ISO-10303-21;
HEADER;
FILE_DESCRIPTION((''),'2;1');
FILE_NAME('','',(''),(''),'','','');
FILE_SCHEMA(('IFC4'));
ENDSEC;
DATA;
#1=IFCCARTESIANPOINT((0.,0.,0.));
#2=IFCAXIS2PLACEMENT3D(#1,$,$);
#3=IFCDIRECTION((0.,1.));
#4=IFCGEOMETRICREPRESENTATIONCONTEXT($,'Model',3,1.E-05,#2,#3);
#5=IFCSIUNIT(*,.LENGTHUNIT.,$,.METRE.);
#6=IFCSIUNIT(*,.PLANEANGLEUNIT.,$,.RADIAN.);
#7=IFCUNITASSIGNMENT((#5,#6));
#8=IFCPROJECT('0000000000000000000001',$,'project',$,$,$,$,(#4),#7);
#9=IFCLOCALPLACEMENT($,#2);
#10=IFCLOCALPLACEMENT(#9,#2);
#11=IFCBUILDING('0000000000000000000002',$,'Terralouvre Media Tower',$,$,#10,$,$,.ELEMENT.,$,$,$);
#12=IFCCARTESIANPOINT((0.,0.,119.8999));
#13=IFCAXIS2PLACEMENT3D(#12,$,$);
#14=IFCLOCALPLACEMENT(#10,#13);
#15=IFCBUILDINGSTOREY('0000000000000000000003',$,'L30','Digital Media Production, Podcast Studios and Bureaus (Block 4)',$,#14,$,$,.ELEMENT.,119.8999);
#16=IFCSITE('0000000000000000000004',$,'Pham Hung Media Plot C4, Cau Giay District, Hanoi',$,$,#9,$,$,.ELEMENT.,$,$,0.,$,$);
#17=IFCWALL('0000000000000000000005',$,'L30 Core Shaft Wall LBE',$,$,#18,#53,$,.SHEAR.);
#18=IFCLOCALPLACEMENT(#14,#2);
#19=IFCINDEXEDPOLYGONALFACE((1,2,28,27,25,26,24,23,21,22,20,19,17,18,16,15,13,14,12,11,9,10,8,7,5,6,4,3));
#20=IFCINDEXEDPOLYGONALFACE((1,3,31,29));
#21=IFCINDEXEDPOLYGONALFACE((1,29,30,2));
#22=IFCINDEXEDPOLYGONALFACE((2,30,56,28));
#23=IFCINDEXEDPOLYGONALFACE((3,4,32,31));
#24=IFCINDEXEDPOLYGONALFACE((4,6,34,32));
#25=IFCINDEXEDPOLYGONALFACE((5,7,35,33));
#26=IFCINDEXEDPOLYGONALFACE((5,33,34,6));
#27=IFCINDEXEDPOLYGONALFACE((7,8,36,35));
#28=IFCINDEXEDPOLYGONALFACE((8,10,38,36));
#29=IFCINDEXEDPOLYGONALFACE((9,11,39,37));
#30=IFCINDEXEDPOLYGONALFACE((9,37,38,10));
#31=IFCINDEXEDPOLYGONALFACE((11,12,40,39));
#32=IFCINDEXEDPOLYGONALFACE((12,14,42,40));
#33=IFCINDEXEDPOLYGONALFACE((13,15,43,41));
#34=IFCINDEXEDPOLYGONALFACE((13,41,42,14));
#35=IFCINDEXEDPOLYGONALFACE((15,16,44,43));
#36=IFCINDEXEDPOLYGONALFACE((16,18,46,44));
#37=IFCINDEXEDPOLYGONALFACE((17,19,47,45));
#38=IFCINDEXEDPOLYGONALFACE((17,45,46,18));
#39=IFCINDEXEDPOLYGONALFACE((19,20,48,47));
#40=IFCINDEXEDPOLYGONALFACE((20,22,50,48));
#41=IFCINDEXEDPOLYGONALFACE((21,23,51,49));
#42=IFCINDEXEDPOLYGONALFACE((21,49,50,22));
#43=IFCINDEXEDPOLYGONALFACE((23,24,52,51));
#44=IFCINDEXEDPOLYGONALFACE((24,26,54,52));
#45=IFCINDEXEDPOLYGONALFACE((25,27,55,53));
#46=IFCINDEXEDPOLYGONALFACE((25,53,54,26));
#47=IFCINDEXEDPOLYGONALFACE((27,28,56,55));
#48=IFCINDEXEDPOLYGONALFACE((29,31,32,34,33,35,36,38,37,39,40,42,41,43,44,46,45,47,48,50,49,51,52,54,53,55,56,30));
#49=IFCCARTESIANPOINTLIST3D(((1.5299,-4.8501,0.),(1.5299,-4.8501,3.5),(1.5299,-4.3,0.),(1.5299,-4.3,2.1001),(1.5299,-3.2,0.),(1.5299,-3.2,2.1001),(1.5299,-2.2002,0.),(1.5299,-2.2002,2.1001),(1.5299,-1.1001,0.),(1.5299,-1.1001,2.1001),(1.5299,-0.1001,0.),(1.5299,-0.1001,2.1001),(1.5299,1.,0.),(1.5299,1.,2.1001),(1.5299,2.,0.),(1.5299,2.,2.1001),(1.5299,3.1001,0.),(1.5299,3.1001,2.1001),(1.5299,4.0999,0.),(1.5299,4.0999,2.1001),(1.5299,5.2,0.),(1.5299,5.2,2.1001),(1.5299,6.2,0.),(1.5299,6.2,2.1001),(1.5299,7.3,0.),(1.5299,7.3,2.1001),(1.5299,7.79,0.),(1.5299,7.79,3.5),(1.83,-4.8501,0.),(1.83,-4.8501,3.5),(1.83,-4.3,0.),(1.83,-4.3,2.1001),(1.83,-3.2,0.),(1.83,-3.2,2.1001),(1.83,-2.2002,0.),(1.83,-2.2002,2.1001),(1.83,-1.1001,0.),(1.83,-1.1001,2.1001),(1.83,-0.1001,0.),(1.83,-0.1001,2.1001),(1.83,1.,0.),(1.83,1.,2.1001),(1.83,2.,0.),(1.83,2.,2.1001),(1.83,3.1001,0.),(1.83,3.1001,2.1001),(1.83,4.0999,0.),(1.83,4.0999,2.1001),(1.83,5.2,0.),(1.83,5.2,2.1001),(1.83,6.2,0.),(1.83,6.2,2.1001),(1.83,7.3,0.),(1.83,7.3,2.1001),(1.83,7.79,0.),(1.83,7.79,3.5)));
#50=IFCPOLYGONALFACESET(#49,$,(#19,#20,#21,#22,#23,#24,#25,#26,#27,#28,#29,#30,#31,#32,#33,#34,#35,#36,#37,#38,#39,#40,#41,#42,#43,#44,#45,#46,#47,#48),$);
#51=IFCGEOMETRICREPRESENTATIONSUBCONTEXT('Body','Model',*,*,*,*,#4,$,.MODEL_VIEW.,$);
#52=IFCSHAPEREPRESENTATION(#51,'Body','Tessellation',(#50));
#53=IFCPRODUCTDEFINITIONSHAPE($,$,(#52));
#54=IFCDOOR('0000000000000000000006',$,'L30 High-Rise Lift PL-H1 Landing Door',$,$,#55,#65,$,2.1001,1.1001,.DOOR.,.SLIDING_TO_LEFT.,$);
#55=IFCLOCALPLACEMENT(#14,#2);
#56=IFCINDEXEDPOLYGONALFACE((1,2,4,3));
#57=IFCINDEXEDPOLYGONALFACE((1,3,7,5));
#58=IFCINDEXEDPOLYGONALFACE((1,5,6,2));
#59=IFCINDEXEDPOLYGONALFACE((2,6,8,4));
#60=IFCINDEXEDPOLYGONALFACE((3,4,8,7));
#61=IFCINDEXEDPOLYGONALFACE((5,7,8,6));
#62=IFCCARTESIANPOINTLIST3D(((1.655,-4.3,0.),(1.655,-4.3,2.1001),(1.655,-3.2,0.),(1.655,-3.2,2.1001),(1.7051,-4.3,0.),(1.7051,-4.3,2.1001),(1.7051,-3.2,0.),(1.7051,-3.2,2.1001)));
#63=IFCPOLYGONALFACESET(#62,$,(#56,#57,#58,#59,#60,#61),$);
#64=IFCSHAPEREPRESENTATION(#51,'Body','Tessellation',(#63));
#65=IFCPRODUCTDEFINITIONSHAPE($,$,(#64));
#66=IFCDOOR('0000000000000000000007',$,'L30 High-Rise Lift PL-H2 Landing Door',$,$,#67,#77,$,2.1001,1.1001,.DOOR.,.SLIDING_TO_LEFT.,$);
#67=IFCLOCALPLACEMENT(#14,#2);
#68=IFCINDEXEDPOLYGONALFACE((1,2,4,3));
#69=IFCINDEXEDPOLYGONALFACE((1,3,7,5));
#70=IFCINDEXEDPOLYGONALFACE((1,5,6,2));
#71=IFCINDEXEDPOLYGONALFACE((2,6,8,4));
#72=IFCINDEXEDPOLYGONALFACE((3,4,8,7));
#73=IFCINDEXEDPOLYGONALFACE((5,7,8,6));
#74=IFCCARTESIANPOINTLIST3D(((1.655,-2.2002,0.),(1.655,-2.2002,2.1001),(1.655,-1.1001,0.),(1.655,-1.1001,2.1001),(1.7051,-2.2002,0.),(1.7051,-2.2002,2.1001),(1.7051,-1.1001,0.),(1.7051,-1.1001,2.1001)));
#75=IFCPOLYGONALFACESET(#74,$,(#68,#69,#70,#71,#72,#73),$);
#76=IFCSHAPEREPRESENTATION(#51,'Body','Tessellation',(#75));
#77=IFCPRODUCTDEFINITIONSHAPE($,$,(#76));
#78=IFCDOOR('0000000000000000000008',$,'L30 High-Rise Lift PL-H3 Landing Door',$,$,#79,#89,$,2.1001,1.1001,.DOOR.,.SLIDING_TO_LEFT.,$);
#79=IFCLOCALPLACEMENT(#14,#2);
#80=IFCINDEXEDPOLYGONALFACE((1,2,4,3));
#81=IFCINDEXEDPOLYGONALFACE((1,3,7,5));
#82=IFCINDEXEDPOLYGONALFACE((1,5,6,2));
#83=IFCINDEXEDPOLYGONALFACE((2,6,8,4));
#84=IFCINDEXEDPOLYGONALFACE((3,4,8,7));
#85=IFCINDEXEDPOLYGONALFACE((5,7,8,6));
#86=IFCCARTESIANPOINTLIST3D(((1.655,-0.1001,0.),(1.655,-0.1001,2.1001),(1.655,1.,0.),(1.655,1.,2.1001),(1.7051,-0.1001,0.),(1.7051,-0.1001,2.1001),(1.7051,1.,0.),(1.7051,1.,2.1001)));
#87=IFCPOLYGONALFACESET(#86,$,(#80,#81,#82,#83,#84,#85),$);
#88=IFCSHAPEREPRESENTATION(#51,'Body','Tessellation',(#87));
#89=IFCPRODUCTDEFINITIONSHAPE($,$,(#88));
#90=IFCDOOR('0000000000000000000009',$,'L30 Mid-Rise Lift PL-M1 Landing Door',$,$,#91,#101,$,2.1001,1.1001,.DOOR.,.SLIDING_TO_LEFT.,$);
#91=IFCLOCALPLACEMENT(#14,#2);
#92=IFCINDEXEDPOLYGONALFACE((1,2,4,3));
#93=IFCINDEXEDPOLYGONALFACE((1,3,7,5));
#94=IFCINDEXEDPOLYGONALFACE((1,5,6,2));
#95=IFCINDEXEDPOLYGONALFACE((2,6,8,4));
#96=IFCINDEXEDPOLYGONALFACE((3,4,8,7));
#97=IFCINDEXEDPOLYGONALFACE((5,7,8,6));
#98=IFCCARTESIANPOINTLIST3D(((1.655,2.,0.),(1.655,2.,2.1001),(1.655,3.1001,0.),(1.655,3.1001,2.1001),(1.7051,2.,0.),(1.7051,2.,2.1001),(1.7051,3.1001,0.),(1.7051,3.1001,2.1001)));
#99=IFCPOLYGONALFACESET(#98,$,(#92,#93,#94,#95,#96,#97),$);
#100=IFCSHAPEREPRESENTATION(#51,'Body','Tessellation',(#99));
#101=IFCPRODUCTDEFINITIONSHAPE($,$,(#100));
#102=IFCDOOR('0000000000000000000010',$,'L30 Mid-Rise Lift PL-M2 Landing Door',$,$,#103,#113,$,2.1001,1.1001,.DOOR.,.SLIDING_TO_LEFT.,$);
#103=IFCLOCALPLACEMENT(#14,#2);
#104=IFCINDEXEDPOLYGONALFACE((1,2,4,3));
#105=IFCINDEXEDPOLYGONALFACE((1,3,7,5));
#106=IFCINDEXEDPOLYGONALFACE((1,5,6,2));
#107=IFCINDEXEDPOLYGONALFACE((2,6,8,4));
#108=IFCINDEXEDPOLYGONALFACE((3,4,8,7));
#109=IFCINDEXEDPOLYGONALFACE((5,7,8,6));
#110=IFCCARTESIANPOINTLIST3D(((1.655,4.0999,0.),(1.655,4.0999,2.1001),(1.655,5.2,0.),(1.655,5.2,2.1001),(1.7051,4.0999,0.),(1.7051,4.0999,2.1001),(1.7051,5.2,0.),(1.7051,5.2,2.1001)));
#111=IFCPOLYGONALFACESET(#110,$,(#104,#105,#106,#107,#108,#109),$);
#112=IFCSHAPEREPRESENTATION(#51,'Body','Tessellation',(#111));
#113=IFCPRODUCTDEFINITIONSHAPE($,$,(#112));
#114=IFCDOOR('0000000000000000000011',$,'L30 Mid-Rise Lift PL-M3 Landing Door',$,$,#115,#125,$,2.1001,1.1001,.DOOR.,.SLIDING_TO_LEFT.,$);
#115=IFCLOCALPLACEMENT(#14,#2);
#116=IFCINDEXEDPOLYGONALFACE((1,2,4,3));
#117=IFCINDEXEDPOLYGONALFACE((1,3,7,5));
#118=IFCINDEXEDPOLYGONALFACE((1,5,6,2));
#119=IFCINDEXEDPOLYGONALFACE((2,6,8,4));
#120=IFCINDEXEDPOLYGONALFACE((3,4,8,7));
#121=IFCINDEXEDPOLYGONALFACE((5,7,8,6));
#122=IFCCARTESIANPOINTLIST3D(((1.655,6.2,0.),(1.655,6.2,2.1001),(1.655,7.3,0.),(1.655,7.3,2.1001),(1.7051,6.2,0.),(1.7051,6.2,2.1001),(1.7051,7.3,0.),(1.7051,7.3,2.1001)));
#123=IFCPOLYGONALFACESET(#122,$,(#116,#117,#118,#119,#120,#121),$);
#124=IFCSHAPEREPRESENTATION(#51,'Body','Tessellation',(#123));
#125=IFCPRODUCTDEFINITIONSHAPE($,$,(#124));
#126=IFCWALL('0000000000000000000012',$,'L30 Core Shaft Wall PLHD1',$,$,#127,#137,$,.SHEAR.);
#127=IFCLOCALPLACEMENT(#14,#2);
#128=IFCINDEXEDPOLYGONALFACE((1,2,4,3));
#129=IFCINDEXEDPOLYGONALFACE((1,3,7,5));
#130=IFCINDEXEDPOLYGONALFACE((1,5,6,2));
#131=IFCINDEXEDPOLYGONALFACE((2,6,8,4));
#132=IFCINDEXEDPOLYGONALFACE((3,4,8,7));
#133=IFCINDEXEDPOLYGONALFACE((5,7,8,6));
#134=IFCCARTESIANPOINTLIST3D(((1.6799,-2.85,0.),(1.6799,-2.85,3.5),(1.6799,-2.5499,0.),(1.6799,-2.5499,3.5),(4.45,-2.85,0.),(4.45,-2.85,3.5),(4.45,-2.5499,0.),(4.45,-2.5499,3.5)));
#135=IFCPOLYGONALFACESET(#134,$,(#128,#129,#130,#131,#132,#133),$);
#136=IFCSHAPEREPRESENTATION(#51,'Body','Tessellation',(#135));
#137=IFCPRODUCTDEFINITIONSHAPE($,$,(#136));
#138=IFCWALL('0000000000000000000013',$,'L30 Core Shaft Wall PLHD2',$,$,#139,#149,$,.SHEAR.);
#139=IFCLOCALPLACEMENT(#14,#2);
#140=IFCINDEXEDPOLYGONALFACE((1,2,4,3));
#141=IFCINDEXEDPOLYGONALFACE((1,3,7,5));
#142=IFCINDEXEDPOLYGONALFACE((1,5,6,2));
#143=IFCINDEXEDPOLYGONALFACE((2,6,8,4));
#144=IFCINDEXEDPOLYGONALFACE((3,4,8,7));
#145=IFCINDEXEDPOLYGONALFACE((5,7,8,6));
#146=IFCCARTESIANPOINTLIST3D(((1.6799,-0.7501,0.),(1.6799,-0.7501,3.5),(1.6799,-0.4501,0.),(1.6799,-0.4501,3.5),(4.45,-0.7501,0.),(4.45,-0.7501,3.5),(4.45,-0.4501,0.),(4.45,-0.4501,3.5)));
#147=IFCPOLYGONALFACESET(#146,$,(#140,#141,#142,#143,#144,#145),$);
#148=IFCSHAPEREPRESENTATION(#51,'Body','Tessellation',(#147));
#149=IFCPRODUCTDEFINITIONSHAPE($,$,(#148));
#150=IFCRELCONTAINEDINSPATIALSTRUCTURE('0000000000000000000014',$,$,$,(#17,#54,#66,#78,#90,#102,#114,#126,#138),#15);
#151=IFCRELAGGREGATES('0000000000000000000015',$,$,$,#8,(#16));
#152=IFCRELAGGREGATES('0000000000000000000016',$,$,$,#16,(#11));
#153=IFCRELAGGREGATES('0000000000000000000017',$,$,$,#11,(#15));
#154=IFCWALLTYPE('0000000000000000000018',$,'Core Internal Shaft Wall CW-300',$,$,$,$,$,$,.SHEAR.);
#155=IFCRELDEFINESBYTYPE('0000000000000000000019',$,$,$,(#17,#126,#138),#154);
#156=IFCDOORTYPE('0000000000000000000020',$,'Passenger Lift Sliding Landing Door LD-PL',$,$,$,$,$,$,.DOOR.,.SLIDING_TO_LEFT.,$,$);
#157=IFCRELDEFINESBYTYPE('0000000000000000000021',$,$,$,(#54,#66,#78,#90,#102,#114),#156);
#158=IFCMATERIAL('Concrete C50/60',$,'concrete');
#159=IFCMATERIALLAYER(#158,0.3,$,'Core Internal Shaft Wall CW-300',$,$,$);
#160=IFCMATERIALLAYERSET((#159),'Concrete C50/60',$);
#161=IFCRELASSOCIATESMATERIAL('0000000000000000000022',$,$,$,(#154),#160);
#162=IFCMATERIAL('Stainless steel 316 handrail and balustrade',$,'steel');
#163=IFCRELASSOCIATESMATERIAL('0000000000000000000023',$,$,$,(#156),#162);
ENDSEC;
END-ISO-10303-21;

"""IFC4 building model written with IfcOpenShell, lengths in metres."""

from ifc_helpers import new_model, si_unit, direction, frame, frame_2d, origin, place, context, subcontext, project, spatial, rectangle, extrude, material, layer, layer_set, type_object, element, fill, save


model = new_model("IFC4")

# Units and contexts
model_context = context("Model", 3, precision=1e-05, world=origin(), true_north=direction((0.0, 1.0)))
body_context = subcontext(model_context, "Body", "Model", "MODEL_VIEW")
ifc_project = project(units=[si_unit("LENGTHUNIT", "METRE"), si_unit("PLANEANGLEUNIT", "RADIAN")], contexts=[model_context])

# Site, building, storey
site_placement = place(None, origin())
site = spatial("IfcSite", under=ifc_project, at=site_placement, Name="Pham Hung Media Plot C4, Cau Giay District, Hanoi", CompositionType="ELEMENT", RefElevation=0.0)
building_placement = place(site_placement, origin())
building = spatial("IfcBuilding", under=site, at=building_placement, Name="Terralouvre Media Tower", CompositionType="ELEMENT")
storey_placement = place(building_placement, frame((0.0, 0.0, 119.8999)))
storey = spatial("IfcBuildingStorey", under=building, at=storey_placement, Name="L30", Description="Digital Media Production, Podcast Studios and Bureaus (Block 4)", CompositionType="ELEMENT", Elevation=119.8999)

# Shared definitions
ifc_material_1 = material(Name="Concrete C50/60", Category="concrete")
ifc_layer_1 = layer(ifc_material_1, 0.3, Name="Core Internal Shaft Wall CW-300")
ifc_layer_set_1 = layer_set([ifc_layer_1], Name="Concrete C50/60")
wall_type_1 = type_object("IfcWallType", Name="Core Internal Shaft Wall CW-300", PredefinedType="SHEAR", material=ifc_layer_set_1)

# Wall, openings, doors
wall_1_placement = place(storey_placement, frame((1.6799, -4.8501, 0.0), z_axis=(0.0, 0.0, 1.0), x_axis=(0.0, 1.0, 0.0)))
wall_1 = element("IfcWall", 1, at=wall_1_placement, inside=storey, type_object=wall_type_1, Name="L30 Core Shaft Wall LBE", PredefinedType="SHEAR", context=body_context, shape_type="SweptSolid", body=[
    extrude(rectangle(XDim=12.6401, YDim=0.3, at=frame_2d((6.3201, 0.0))), origin(), (0.0, 0.0, 1.0), 3.5),
])
opening_1_placement = place(wall_1_placement, frame((0.55, 0.0, 0.0)))
opening_1 = element("IfcOpeningElement", 2, at=opening_1_placement, cuts=wall_1, PredefinedType="OPENING", context=body_context, shape_type="SweptSolid", body=[
    extrude(rectangle(XDim=1.1001, YDim=2.1001, at=frame_2d((0.55, 1.05))), frame((0.0, 0.1599, 0.0), z_axis=(0.0, -1.0, 0.0), x_axis=(1.0, 0.0, 0.0)), (0.0, 0.0, 1.0), 0.3201),
])
opening_2_placement = place(wall_1_placement, frame((2.6499, 0.0, 0.0)))
opening_2 = element("IfcOpeningElement", 3, at=opening_2_placement, cuts=wall_1, PredefinedType="OPENING", context=body_context, shape_type="SweptSolid", body=[
    extrude(rectangle(XDim=1.1001, YDim=2.1001, at=frame_2d((0.55, 1.05))), frame((0.0, 0.1599, 0.0), z_axis=(0.0, -1.0, 0.0), x_axis=(1.0, 0.0, 0.0)), (0.0, 0.0, 1.0), 0.3201),
])
opening_3_placement = place(wall_1_placement, frame((4.75, 0.0, 0.0)))
opening_3 = element("IfcOpeningElement", 4, at=opening_3_placement, cuts=wall_1, PredefinedType="OPENING", context=body_context, shape_type="SweptSolid", body=[
    extrude(rectangle(XDim=1.1001, YDim=2.1001, at=frame_2d((0.55, 1.05))), frame((0.0, 0.1599, 0.0), z_axis=(0.0, -1.0, 0.0), x_axis=(1.0, 0.0, 0.0)), (0.0, 0.0, 1.0), 0.3201),
])
opening_4_placement = place(wall_1_placement, frame((6.8501, 0.0, 0.0)))
opening_4 = element("IfcOpeningElement", 5, at=opening_4_placement, cuts=wall_1, PredefinedType="OPENING", context=body_context, shape_type="SweptSolid", body=[
    extrude(rectangle(XDim=1.1001, YDim=2.1001, at=frame_2d((0.55, 1.05))), frame((0.0, 0.1599, 0.0), z_axis=(0.0, -1.0, 0.0), x_axis=(1.0, 0.0, 0.0)), (0.0, 0.0, 1.0), 0.3201),
])
opening_5_placement = place(wall_1_placement, frame((8.95, 0.0, 0.0)))
opening_5 = element("IfcOpeningElement", 6, at=opening_5_placement, cuts=wall_1, PredefinedType="OPENING", context=body_context, shape_type="SweptSolid", body=[
    extrude(rectangle(XDim=1.1001, YDim=2.1001, at=frame_2d((0.55, 1.05))), frame((0.0, 0.1599, 0.0), z_axis=(0.0, -1.0, 0.0), x_axis=(1.0, 0.0, 0.0)), (0.0, 0.0, 1.0), 0.3201),
])
opening_6_placement = place(wall_1_placement, frame((11.05, 0.0, 0.0)))
opening_6 = element("IfcOpeningElement", 7, at=opening_6_placement, cuts=wall_1, PredefinedType="OPENING", context=body_context, shape_type="SweptSolid", body=[
    extrude(rectangle(XDim=1.1001, YDim=2.1001, at=frame_2d((0.55, 1.05))), frame((0.0, 0.1599, 0.0), z_axis=(0.0, -1.0, 0.0), x_axis=(1.0, 0.0, 0.0)), (0.0, 0.0, 1.0), 0.3201),
])
ifc_material_2 = material(Name="Stainless steel 316 handrail and balustrade", Category="steel")
door_type_1 = type_object("IfcDoorType", Name="Passenger Lift Sliding Landing Door LD-PL", OperationType="SLIDING_TO_LEFT", PredefinedType="DOOR", material=ifc_material_2)
door_1_placement = place(opening_1_placement, origin())
door_1 = element("IfcDoor", 8, at=door_1_placement, inside=storey, type_object=door_type_1, Name="L30 High-Rise Lift PL-H1 Landing Door", OperationType="SLIDING_TO_LEFT", OverallHeight=2.1001, OverallWidth=1.1001, PredefinedType="DOOR", context=body_context, shape_type="SweptSolid", body=[
    extrude(rectangle(XDim=1.1001, YDim=2.1001, at=frame_2d((0.55, 1.05))), frame((0.0, 0.0249, 0.0), z_axis=(0.0, -1.0, 0.0), x_axis=(1.0, 0.0, 0.0)), (0.0, 0.0, 1.0), 0.05),
])
fill(opening_1, door_1)
door_2_placement = place(opening_2_placement, origin())
door_2 = element("IfcDoor", 9, at=door_2_placement, inside=storey, type_object=door_type_1, Name="L30 High-Rise Lift PL-H2 Landing Door", OperationType="SLIDING_TO_LEFT", OverallHeight=2.1001, OverallWidth=1.1001, PredefinedType="DOOR", context=body_context, shape_type="SweptSolid", body=[
    extrude(rectangle(XDim=1.1001, YDim=2.1001, at=frame_2d((0.55, 1.05))), frame((0.0, 0.0249, 0.0), z_axis=(0.0, -1.0, 0.0), x_axis=(1.0, 0.0, 0.0)), (0.0, 0.0, 1.0), 0.05),
])
fill(opening_2, door_2)
door_3_placement = place(opening_3_placement, origin())
door_3 = element("IfcDoor", 10, at=door_3_placement, inside=storey, type_object=door_type_1, Name="L30 High-Rise Lift PL-H3 Landing Door", OperationType="SLIDING_TO_LEFT", OverallHeight=2.1001, OverallWidth=1.1001, PredefinedType="DOOR", context=body_context, shape_type="SweptSolid", body=[
    extrude(rectangle(XDim=1.1001, YDim=2.1001, at=frame_2d((0.55, 1.05))), frame((0.0, 0.0249, 0.0), z_axis=(0.0, -1.0, 0.0), x_axis=(1.0, 0.0, 0.0)), (0.0, 0.0, 1.0), 0.05),
])
fill(opening_3, door_3)
door_4_placement = place(opening_4_placement, origin())
door_4 = element("IfcDoor", 11, at=door_4_placement, inside=storey, type_object=door_type_1, Name="L30 Mid-Rise Lift PL-M1 Landing Door", OperationType="SLIDING_TO_LEFT", OverallHeight=2.1001, OverallWidth=1.1001, PredefinedType="DOOR", context=body_context, shape_type="SweptSolid", body=[
    extrude(rectangle(XDim=1.1001, YDim=2.1001, at=frame_2d((0.55, 1.05))), frame((0.0, 0.0249, 0.0), z_axis=(0.0, -1.0, 0.0), x_axis=(1.0, 0.0, 0.0)), (0.0, 0.0, 1.0), 0.05),
])
fill(opening_4, door_4)
door_5_placement = place(opening_5_placement, origin())
door_5 = element("IfcDoor", 12, at=door_5_placement, inside=storey, type_object=door_type_1, Name="L30 Mid-Rise Lift PL-M2 Landing Door", OperationType="SLIDING_TO_LEFT", OverallHeight=2.1001, OverallWidth=1.1001, PredefinedType="DOOR", context=body_context, shape_type="SweptSolid", body=[
    extrude(rectangle(XDim=1.1001, YDim=2.1001, at=frame_2d((0.55, 1.05))), frame((0.0, 0.0249, 0.0), z_axis=(0.0, -1.0, 0.0), x_axis=(1.0, 0.0, 0.0)), (0.0, 0.0, 1.0), 0.05),
])
fill(opening_5, door_5)
door_6_placement = place(opening_6_placement, origin())
door_6 = element("IfcDoor", 13, at=door_6_placement, inside=storey, type_object=door_type_1, Name="L30 Mid-Rise Lift PL-M3 Landing Door", OperationType="SLIDING_TO_LEFT", OverallHeight=2.1001, OverallWidth=1.1001, PredefinedType="DOOR", context=body_context, shape_type="SweptSolid", body=[
    extrude(rectangle(XDim=1.1001, YDim=2.1001, at=frame_2d((0.55, 1.05))), frame((0.0, 0.0249, 0.0), z_axis=(0.0, -1.0, 0.0), x_axis=(1.0, 0.0, 0.0)), (0.0, 0.0, 1.0), 0.05),
])
fill(opening_6, door_6)

# Walls
for number, where, z_axis, x_axis, name in (
    (14, (1.6799, -2.7, 0.0), (0.0, 0.0, 1.0), (1.0, 0.0, 0.0), "L30 Core Shaft Wall PLHD1"),
    (15, (1.6799, -0.6001, 0.0), (0.0, 0.0, 1.0), (1.0, 0.0, 0.0), "L30 Core Shaft Wall PLHD2"),
):
    element("IfcWall", number, at=place(storey_placement, frame(where, z_axis=z_axis, x_axis=x_axis)), inside=storey, type_object=wall_type_1, Name=name, PredefinedType="SHEAR", context=body_context, shape_type="SweptSolid", body=[
        extrude(rectangle(XDim=2.77, YDim=0.3, at=frame_2d((1.385, 0.0))), origin(), (0.0, 0.0, 1.0), 3.5),
    ])

save(model, "model.ifc")
